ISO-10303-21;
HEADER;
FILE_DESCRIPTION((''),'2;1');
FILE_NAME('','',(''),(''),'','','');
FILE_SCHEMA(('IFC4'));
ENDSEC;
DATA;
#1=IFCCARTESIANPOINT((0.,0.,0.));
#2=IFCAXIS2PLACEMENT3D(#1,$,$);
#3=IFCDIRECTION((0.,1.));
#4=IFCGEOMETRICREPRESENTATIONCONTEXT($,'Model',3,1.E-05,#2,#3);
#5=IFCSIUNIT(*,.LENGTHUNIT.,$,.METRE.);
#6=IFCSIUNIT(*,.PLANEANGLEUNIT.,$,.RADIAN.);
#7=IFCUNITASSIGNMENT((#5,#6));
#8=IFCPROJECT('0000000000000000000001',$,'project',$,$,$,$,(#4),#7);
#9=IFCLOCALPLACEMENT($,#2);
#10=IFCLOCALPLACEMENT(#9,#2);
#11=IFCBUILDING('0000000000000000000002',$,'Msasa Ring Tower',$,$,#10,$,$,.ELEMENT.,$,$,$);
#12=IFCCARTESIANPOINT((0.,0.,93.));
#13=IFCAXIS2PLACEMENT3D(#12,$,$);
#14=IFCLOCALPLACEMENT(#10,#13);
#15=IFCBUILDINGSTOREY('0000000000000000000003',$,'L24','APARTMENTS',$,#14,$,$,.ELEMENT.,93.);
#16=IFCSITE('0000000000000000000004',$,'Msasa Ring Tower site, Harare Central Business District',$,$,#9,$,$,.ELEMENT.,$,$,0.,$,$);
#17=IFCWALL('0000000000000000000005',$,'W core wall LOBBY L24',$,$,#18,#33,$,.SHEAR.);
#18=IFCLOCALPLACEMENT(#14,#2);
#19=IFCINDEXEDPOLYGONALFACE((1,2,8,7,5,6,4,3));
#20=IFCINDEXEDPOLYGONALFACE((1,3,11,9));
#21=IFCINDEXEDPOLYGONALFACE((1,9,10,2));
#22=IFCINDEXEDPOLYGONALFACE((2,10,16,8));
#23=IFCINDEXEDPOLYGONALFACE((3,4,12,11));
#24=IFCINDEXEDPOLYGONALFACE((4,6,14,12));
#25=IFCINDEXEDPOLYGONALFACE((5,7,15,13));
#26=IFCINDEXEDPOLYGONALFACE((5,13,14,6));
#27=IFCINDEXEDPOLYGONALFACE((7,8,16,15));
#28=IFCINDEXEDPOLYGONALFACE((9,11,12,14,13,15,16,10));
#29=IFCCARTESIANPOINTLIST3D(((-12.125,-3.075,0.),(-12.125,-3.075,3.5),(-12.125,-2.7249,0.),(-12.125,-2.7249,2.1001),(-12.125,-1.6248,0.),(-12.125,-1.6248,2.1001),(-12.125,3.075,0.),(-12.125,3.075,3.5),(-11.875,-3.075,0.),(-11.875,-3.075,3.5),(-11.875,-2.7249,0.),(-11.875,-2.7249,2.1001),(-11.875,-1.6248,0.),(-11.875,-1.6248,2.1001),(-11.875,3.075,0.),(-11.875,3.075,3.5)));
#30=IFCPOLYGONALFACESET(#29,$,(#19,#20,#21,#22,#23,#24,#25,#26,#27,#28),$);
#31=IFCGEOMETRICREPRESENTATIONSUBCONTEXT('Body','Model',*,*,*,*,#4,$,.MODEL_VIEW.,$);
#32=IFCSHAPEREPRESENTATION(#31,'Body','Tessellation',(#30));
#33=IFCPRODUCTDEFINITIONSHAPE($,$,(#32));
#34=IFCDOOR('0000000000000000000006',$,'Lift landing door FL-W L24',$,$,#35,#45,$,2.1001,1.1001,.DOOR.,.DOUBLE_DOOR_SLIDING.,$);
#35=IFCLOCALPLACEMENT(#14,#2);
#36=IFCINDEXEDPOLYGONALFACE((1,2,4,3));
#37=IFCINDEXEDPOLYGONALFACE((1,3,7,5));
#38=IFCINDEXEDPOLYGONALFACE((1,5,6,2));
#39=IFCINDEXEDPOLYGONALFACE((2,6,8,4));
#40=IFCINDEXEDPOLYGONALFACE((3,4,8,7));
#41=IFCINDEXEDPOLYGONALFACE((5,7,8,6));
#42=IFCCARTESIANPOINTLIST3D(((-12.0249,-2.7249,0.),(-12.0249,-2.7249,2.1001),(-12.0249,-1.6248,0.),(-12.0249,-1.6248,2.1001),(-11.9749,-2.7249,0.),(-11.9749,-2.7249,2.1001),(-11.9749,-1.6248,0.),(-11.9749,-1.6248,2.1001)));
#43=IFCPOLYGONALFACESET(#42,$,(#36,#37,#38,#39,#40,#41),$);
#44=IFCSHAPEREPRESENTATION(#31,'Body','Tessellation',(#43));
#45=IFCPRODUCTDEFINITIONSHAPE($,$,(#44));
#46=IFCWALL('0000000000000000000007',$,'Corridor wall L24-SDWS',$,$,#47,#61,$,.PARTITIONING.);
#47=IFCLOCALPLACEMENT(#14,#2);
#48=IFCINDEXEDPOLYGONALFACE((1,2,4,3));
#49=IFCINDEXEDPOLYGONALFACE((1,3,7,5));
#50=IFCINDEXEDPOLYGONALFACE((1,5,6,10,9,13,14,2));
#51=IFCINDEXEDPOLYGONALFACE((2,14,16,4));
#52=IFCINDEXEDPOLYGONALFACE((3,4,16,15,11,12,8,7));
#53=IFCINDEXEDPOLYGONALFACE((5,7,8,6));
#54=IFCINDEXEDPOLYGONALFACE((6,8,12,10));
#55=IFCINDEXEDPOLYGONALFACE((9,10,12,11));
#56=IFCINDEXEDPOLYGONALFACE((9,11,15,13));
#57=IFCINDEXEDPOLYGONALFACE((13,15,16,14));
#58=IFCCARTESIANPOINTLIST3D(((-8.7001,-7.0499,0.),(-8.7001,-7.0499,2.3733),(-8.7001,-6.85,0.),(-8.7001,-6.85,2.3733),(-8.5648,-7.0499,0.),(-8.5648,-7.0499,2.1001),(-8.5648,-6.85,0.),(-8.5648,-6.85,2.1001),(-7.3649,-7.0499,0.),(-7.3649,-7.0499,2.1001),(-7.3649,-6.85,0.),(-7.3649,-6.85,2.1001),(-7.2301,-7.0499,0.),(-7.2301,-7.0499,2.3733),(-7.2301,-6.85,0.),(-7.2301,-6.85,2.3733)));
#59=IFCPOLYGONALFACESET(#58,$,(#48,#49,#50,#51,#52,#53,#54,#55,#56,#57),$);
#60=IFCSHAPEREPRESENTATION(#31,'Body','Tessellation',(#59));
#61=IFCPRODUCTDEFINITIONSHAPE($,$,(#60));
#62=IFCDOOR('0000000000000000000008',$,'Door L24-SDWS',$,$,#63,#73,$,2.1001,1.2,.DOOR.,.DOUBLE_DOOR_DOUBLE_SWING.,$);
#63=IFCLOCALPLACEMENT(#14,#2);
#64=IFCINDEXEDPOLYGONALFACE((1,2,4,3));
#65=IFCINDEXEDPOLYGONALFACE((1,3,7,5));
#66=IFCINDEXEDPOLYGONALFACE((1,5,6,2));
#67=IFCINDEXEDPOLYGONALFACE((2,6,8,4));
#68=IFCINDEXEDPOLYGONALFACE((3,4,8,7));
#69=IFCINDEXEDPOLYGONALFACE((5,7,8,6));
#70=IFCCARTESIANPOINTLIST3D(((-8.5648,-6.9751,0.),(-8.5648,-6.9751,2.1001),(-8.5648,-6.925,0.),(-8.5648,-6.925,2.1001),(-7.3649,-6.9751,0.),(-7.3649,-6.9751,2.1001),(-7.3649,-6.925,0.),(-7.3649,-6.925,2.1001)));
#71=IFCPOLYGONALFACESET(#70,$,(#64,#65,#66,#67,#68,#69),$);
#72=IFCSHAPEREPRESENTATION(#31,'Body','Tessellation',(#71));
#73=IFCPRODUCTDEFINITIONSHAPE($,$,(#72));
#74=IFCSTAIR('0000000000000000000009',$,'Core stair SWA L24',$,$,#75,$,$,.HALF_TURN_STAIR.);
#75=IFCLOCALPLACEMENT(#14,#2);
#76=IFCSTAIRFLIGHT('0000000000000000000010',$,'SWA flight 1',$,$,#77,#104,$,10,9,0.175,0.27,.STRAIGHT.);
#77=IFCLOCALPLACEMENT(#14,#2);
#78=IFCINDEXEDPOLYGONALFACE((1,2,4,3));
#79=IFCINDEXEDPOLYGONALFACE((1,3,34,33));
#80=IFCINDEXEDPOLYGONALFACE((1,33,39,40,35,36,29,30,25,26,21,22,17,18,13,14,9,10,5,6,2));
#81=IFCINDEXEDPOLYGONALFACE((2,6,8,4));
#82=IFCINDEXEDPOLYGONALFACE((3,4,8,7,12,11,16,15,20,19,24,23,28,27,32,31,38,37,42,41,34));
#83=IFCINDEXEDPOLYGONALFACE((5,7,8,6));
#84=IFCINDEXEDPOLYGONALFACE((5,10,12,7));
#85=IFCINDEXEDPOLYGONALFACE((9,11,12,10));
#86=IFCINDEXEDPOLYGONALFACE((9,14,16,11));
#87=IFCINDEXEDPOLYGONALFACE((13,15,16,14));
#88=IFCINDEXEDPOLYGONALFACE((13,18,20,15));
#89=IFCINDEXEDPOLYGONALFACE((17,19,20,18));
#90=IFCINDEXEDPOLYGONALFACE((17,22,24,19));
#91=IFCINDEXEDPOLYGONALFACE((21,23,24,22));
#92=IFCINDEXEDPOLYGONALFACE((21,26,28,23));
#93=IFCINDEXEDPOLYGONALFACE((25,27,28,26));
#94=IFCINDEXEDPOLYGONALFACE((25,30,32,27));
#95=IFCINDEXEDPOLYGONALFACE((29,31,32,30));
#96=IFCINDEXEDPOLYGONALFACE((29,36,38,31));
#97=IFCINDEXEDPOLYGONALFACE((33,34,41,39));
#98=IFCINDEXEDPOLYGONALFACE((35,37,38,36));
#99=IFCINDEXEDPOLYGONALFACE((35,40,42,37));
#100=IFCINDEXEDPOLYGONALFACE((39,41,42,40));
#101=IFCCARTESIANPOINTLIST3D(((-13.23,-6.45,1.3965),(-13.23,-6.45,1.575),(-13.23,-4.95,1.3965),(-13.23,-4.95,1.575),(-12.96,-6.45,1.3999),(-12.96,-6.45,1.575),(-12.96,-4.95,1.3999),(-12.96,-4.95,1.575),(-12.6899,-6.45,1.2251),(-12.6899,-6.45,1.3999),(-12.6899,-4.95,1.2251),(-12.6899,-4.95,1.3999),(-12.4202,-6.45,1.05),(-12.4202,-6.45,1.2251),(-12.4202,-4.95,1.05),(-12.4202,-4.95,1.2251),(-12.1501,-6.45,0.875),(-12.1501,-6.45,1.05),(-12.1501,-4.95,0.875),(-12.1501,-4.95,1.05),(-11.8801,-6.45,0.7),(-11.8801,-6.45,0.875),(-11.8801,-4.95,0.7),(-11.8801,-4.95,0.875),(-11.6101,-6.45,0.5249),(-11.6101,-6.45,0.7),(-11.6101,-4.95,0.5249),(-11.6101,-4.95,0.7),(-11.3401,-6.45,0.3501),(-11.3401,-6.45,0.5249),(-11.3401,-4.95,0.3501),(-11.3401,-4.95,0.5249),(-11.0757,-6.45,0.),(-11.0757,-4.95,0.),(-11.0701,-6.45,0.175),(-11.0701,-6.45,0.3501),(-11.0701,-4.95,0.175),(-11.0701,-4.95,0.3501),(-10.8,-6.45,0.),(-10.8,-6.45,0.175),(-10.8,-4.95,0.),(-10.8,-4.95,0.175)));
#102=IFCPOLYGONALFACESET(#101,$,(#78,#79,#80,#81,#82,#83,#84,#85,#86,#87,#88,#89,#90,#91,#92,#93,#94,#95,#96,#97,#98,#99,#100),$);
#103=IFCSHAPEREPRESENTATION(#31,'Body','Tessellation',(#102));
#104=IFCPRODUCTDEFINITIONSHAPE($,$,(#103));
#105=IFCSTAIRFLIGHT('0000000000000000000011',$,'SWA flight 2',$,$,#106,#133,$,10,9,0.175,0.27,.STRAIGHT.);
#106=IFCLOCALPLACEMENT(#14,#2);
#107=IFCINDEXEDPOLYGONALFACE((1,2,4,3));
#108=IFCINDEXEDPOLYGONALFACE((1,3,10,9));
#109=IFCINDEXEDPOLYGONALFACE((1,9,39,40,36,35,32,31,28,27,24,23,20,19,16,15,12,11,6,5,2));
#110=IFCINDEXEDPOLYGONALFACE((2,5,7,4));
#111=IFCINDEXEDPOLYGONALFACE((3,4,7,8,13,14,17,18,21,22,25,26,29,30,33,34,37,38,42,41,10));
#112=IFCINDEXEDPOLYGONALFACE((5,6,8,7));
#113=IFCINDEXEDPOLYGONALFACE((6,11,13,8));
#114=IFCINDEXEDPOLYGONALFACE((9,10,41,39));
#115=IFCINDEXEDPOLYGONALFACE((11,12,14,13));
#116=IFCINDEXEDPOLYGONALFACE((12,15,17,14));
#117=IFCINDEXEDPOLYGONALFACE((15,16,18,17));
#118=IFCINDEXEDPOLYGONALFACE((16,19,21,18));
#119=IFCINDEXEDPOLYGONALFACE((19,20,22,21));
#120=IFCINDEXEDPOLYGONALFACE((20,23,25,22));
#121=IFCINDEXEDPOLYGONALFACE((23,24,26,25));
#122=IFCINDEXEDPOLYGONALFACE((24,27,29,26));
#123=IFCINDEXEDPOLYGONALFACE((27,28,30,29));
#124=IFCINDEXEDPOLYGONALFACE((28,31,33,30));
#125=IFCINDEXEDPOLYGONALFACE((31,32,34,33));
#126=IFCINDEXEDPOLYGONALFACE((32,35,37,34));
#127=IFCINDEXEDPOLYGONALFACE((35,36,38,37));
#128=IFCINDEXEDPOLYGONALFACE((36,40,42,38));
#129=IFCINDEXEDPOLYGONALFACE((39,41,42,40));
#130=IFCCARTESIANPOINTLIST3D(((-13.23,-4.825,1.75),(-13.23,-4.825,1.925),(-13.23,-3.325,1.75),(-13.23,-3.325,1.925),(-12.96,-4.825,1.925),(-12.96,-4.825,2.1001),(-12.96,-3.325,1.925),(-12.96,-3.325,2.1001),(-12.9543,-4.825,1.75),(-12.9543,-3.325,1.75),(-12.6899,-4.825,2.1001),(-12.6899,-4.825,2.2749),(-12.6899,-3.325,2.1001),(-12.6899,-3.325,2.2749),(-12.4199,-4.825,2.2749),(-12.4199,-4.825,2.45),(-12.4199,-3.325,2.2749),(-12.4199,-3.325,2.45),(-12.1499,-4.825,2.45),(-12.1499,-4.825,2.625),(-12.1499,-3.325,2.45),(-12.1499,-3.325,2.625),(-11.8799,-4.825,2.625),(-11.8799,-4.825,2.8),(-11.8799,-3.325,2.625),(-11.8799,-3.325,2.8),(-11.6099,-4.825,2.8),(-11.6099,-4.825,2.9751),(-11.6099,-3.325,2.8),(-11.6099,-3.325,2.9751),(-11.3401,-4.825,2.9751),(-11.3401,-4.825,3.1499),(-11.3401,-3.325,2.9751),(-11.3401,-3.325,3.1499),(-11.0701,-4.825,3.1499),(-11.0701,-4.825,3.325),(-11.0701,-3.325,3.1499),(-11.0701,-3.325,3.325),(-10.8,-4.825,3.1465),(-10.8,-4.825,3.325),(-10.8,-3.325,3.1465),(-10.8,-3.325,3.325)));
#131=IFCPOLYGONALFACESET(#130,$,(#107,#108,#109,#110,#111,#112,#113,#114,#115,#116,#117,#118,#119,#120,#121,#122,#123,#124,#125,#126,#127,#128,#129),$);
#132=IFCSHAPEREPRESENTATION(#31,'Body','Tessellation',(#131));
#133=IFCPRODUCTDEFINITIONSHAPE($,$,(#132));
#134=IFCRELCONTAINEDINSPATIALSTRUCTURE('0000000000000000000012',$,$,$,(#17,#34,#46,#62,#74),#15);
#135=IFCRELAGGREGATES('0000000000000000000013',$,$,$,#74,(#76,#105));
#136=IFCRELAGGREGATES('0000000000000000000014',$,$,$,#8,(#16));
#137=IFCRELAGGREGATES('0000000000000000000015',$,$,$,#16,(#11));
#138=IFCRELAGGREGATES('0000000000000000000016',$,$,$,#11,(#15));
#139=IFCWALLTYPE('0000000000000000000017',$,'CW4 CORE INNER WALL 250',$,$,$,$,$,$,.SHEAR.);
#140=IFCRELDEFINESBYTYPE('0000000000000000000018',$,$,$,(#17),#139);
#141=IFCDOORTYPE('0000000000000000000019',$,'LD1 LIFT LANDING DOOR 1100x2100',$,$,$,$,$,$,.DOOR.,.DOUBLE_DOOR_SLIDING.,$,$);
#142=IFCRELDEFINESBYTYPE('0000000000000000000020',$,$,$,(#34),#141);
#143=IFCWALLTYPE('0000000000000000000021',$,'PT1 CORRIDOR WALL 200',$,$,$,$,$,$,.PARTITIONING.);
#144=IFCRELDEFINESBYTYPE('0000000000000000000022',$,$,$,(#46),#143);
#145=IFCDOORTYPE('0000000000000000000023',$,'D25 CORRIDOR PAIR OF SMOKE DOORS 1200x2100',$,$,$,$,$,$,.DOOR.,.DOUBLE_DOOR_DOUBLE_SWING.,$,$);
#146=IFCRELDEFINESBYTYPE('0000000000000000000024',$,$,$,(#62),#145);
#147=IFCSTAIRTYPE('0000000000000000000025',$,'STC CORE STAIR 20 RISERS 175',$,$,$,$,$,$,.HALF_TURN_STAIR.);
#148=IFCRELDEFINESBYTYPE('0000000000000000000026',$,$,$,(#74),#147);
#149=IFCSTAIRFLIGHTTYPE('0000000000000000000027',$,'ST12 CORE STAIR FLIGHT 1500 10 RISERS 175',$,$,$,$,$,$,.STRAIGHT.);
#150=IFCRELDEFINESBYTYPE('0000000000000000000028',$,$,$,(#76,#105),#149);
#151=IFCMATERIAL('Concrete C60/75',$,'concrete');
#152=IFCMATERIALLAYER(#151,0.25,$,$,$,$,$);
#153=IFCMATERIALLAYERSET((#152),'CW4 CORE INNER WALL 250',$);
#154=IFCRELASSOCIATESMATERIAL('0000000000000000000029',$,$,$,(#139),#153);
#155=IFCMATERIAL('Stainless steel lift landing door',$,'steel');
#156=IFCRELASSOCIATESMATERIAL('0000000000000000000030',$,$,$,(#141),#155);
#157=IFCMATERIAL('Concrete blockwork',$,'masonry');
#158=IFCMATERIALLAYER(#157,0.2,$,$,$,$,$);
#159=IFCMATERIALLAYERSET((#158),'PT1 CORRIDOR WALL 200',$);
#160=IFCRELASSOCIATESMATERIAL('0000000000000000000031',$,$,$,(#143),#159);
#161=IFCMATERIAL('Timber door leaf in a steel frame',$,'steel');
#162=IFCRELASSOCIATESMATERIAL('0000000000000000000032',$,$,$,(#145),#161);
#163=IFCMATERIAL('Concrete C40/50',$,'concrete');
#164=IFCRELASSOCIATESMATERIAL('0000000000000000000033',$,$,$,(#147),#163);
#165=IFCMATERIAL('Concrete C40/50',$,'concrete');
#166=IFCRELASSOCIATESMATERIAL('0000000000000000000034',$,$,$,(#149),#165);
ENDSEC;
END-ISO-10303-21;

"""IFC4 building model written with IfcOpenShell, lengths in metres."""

from ifc_helpers import new_model, si_unit, direction, frame, frame_2d, origin, place, context, subcontext, project, spatial, polyline, rectangle, outline, extrude, material, layer, layer_set, type_object, element, fill, aggregate, save


model = new_model("IFC4")

# Units and contexts
model_context = context("Model", 3, precision=1e-05, world=origin(), true_north=direction((0.0, 1.0)))
body_context = subcontext(model_context, "Body", "Model", "MODEL_VIEW")
ifc_project = project(units=[si_unit("LENGTHUNIT", "METRE"), si_unit("PLANEANGLEUNIT", "RADIAN")], contexts=[model_context])

# Site, building, storey
site_placement = place(None, origin())
site = spatial("IfcSite", under=ifc_project, at=site_placement, Name="Msasa Ring Tower site, Harare Central Business District", CompositionType="ELEMENT", RefElevation=0.0)
building_placement = place(site_placement, origin())
building = spatial("IfcBuilding", under=site, at=building_placement, Name="Msasa Ring Tower", CompositionType="ELEMENT")
storey_placement = place(building_placement, frame((0.0, 0.0, 93.0)))
storey = spatial("IfcBuildingStorey", under=building, at=storey_placement, Name="L24", Description="APARTMENTS", CompositionType="ELEMENT", Elevation=93.0)

# Walls, openings, doors
ifc_material_1 = material(Name="Concrete C60/75", Category="concrete")
ifc_layer_1 = layer(ifc_material_1, 0.25)
ifc_layer_set_1 = layer_set([ifc_layer_1], Name="CW4 CORE INNER WALL 250")
wall_type_1 = type_object("IfcWallType", Name="CW4 CORE INNER WALL 250", PredefinedType="SHEAR", material=ifc_layer_set_1)
wall_1_placement = place(storey_placement, frame((-12.0, -3.075, 0.0), z_axis=(0.0, 0.0, 1.0), x_axis=(0.0, 1.0, 0.0)))
wall_1 = element("IfcWall", 1, at=wall_1_placement, inside=storey, type_object=wall_type_1, Name="W core wall LOBBY L24", PredefinedType="SHEAR", context=body_context, shape_type="SweptSolid", body=[
    extrude(rectangle(XDim=6.1499, YDim=0.25, at=frame_2d((3.075, 0.0))), origin(), (0.0, 0.0, 1.0), 3.5),
])
opening_1_placement = place(wall_1_placement, frame((0.3501, 0.0, 0.0)))
opening_1 = element("IfcOpeningElement", 2, at=opening_1_placement, cuts=wall_1, PredefinedType="OPENING", context=body_context, shape_type="SweptSolid", body=[
    extrude(rectangle(XDim=1.1001, YDim=2.1001, at=frame_2d((0.55, 1.05))), frame((0.0, 0.135, 0.0), z_axis=(0.0, -1.0, 0.0), x_axis=(1.0, 0.0, 0.0)), (0.0, 0.0, 1.0), 0.27),
])
ifc_material_2 = material(Name="Stainless steel lift landing door", Category="steel")
door_type_1 = type_object("IfcDoorType", Name="LD1 LIFT LANDING DOOR 1100x2100", OperationType="DOUBLE_DOOR_SLIDING", PredefinedType="DOOR", material=ifc_material_2)
door_1_placement = place(opening_1_placement, origin())
door_1 = element("IfcDoor", 3, at=door_1_placement, inside=storey, type_object=door_type_1, Name="Lift landing door FL-W L24", OperationType="DOUBLE_DOOR_SLIDING", OverallHeight=2.1001, OverallWidth=1.1001, PredefinedType="DOOR", context=body_context, shape_type="SweptSolid", body=[
    extrude(rectangle(XDim=1.1001, YDim=2.1001, at=frame_2d((0.55, 1.05))), frame((0.0, 0.0249, 0.0), z_axis=(0.0, -1.0, 0.0), x_axis=(1.0, 0.0, 0.0)), (0.0, 0.0, 1.0), 0.05),
])
fill(opening_1, door_1)
ifc_material_3 = material(Name="Concrete blockwork", Category="masonry")
ifc_layer_2 = layer(ifc_material_3, 0.2)
ifc_layer_set_2 = layer_set([ifc_layer_2], Name="PT1 CORRIDOR WALL 200")
wall_type_2 = type_object("IfcWallType", Name="PT1 CORRIDOR WALL 200", PredefinedType="PARTITIONING", material=ifc_layer_set_2)
wall_2_placement = place(storey_placement, frame((-8.7, -6.95, 0.0), z_axis=(0.0, 0.0, 1.0), x_axis=(1.0, 0.0, 0.0)))
wall_2 = element("IfcWall", 4, at=wall_2_placement, inside=storey, type_object=wall_type_2, Name="Corridor wall L24-SDWS", PredefinedType="PARTITIONING", context=body_context, shape_type="SweptSolid", body=[
    extrude(rectangle(XDim=1.47, YDim=0.2, at=frame_2d((0.7349, 0.0))), origin(), (0.0, 0.0, 1.0), 2.3733),
])
opening_2_placement = place(wall_2_placement, frame((0.135, 0.0, 0.0)))
opening_2 = element("IfcOpeningElement", 5, at=opening_2_placement, cuts=wall_2, PredefinedType="OPENING", context=body_context, shape_type="SweptSolid", body=[
    extrude(rectangle(XDim=1.2, YDim=2.1001, at=frame_2d((0.6001, 1.05))), frame((0.0, 0.1099, 0.0), z_axis=(0.0, -1.0, 0.0), x_axis=(1.0, 0.0, 0.0)), (0.0, 0.0, 1.0), 0.22),
])
ifc_material_4 = material(Name="Timber door leaf in a steel frame", Category="steel")
door_type_2 = type_object("IfcDoorType", Name="D25 CORRIDOR PAIR OF SMOKE DOORS 1200x2100", OperationType="DOUBLE_DOOR_DOUBLE_SWING", PredefinedType="DOOR", material=ifc_material_4)
door_2_placement = place(opening_2_placement, origin())
door_2 = element("IfcDoor", 6, at=door_2_placement, inside=storey, type_object=door_type_2, Name="Door L24-SDWS", OperationType="DOUBLE_DOOR_DOUBLE_SWING", OverallHeight=2.1001, OverallWidth=1.2, PredefinedType="DOOR", context=body_context, shape_type="SweptSolid", body=[
    extrude(rectangle(XDim=1.2, YDim=2.1001, at=frame_2d((0.6001, 1.05))), frame((0.0, 0.0249, 0.0), z_axis=(0.0, -1.0, 0.0), x_axis=(1.0, 0.0, 0.0)), (0.0, 0.0, 1.0), 0.05),
])
fill(opening_2, door_2)

# Stair, stair flights
ifc_material_5 = material(Name="Concrete C40/50", Category="concrete")
stair_type = type_object("IfcStairType", Name="STC CORE STAIR 20 RISERS 175", PredefinedType="HALF_TURN_STAIR", material=ifc_material_5)
stair_placement = place(storey_placement, origin())
stair = element("IfcStair", 7, at=stair_placement, inside=storey, type_object=stair_type, Name="Core stair SWA L24", PredefinedType="HALF_TURN_STAIR")
ifc_material_6 = material(Name="Concrete C40/50", Category="concrete")
stair_flight_type = type_object("IfcStairFlightType", Name="ST12 CORE STAIR FLIGHT 1500 10 RISERS 175", PredefinedType="STRAIGHT", material=ifc_material_6)
stair_flight_1_placement = place(storey_placement, frame((-10.8, -5.7, 0.0), z_axis=(0.0, 0.0, 1.0), x_axis=(-1.0, 0.0, 0.0)))
stair_flight_1 = element("IfcStairFlight", 8, at=stair_flight_1_placement, type_object=stair_flight_type, Name="SWA flight 1", NumberOfRisers=10, NumberOfTreads=9, PredefinedType="STRAIGHT", RiserHeight=0.175, TreadLength=0.27, context=body_context, shape_type="SweptSolid", body=[
    extrude(outline(polyline([(0.0, 0.0), (0.0, 0.175), (0.27, 0.175), (0.27, 0.3501), (0.54, 0.3501), (0.54, 0.5249), (0.8101, 0.5249), (0.8101, 0.7), (1.0801, 0.7), (1.0801, 0.875), (1.3501, 0.875), (1.3501, 1.05), (1.6201, 1.05), (1.6201, 1.2251), (1.8899, 1.2251), (1.8899, 1.3999), (2.1599, 1.3999), (2.1599, 1.575), (2.4299, 1.575), (2.4299, 1.75), (2.4299, 1.3965), (0.2756, 0.0), (0.0, 0.0)])), frame((0.0, 0.75, 0.0), z_axis=(0.0, -1.0, 0.0), x_axis=(1.0, 0.0, 0.0)), (0.0, 0.0, 1.0), 1.5),
])
stair_flight_2_placement = place(storey_placement, frame((-13.23, -4.075, 1.75), z_axis=(0.0, 0.0, 1.0), x_axis=(1.0, 0.0, 0.0)))
stair_flight_2 = element("IfcStairFlight", 9, at=stair_flight_2_placement, type_object=stair_flight_type, Name="SWA flight 2", NumberOfRisers=10, NumberOfTreads=9, PredefinedType="STRAIGHT", RiserHeight=0.175, TreadLength=0.27, context=body_context, shape_type="SweptSolid", body=[
    extrude(outline(polyline([(0.0, 0.0), (0.0, 0.175), (0.27, 0.175), (0.27, 0.3501), (0.54, 0.3501), (0.54, 0.5249), (0.8101, 0.5249), (0.8101, 0.7), (1.0801, 0.7), (1.0801, 0.875), (1.3501, 0.875), (1.3501, 1.05), (1.6201, 1.05), (1.6201, 1.2251), (1.8899, 1.2251), (1.8899, 1.3999), (2.1599, 1.3999), (2.1599, 1.575), (2.4299, 1.575), (2.4299, 1.75), (2.4299, 1.3965), (0.2756, 0.0), (0.0, 0.0)])), frame((0.0, 0.75, 0.0), z_axis=(0.0, -1.0, 0.0), x_axis=(1.0, 0.0, 0.0)), (0.0, 0.0, 1.0), 1.5),
])
aggregate(stair, [stair_flight_1, stair_flight_2])

save(model, "model.ifc")
